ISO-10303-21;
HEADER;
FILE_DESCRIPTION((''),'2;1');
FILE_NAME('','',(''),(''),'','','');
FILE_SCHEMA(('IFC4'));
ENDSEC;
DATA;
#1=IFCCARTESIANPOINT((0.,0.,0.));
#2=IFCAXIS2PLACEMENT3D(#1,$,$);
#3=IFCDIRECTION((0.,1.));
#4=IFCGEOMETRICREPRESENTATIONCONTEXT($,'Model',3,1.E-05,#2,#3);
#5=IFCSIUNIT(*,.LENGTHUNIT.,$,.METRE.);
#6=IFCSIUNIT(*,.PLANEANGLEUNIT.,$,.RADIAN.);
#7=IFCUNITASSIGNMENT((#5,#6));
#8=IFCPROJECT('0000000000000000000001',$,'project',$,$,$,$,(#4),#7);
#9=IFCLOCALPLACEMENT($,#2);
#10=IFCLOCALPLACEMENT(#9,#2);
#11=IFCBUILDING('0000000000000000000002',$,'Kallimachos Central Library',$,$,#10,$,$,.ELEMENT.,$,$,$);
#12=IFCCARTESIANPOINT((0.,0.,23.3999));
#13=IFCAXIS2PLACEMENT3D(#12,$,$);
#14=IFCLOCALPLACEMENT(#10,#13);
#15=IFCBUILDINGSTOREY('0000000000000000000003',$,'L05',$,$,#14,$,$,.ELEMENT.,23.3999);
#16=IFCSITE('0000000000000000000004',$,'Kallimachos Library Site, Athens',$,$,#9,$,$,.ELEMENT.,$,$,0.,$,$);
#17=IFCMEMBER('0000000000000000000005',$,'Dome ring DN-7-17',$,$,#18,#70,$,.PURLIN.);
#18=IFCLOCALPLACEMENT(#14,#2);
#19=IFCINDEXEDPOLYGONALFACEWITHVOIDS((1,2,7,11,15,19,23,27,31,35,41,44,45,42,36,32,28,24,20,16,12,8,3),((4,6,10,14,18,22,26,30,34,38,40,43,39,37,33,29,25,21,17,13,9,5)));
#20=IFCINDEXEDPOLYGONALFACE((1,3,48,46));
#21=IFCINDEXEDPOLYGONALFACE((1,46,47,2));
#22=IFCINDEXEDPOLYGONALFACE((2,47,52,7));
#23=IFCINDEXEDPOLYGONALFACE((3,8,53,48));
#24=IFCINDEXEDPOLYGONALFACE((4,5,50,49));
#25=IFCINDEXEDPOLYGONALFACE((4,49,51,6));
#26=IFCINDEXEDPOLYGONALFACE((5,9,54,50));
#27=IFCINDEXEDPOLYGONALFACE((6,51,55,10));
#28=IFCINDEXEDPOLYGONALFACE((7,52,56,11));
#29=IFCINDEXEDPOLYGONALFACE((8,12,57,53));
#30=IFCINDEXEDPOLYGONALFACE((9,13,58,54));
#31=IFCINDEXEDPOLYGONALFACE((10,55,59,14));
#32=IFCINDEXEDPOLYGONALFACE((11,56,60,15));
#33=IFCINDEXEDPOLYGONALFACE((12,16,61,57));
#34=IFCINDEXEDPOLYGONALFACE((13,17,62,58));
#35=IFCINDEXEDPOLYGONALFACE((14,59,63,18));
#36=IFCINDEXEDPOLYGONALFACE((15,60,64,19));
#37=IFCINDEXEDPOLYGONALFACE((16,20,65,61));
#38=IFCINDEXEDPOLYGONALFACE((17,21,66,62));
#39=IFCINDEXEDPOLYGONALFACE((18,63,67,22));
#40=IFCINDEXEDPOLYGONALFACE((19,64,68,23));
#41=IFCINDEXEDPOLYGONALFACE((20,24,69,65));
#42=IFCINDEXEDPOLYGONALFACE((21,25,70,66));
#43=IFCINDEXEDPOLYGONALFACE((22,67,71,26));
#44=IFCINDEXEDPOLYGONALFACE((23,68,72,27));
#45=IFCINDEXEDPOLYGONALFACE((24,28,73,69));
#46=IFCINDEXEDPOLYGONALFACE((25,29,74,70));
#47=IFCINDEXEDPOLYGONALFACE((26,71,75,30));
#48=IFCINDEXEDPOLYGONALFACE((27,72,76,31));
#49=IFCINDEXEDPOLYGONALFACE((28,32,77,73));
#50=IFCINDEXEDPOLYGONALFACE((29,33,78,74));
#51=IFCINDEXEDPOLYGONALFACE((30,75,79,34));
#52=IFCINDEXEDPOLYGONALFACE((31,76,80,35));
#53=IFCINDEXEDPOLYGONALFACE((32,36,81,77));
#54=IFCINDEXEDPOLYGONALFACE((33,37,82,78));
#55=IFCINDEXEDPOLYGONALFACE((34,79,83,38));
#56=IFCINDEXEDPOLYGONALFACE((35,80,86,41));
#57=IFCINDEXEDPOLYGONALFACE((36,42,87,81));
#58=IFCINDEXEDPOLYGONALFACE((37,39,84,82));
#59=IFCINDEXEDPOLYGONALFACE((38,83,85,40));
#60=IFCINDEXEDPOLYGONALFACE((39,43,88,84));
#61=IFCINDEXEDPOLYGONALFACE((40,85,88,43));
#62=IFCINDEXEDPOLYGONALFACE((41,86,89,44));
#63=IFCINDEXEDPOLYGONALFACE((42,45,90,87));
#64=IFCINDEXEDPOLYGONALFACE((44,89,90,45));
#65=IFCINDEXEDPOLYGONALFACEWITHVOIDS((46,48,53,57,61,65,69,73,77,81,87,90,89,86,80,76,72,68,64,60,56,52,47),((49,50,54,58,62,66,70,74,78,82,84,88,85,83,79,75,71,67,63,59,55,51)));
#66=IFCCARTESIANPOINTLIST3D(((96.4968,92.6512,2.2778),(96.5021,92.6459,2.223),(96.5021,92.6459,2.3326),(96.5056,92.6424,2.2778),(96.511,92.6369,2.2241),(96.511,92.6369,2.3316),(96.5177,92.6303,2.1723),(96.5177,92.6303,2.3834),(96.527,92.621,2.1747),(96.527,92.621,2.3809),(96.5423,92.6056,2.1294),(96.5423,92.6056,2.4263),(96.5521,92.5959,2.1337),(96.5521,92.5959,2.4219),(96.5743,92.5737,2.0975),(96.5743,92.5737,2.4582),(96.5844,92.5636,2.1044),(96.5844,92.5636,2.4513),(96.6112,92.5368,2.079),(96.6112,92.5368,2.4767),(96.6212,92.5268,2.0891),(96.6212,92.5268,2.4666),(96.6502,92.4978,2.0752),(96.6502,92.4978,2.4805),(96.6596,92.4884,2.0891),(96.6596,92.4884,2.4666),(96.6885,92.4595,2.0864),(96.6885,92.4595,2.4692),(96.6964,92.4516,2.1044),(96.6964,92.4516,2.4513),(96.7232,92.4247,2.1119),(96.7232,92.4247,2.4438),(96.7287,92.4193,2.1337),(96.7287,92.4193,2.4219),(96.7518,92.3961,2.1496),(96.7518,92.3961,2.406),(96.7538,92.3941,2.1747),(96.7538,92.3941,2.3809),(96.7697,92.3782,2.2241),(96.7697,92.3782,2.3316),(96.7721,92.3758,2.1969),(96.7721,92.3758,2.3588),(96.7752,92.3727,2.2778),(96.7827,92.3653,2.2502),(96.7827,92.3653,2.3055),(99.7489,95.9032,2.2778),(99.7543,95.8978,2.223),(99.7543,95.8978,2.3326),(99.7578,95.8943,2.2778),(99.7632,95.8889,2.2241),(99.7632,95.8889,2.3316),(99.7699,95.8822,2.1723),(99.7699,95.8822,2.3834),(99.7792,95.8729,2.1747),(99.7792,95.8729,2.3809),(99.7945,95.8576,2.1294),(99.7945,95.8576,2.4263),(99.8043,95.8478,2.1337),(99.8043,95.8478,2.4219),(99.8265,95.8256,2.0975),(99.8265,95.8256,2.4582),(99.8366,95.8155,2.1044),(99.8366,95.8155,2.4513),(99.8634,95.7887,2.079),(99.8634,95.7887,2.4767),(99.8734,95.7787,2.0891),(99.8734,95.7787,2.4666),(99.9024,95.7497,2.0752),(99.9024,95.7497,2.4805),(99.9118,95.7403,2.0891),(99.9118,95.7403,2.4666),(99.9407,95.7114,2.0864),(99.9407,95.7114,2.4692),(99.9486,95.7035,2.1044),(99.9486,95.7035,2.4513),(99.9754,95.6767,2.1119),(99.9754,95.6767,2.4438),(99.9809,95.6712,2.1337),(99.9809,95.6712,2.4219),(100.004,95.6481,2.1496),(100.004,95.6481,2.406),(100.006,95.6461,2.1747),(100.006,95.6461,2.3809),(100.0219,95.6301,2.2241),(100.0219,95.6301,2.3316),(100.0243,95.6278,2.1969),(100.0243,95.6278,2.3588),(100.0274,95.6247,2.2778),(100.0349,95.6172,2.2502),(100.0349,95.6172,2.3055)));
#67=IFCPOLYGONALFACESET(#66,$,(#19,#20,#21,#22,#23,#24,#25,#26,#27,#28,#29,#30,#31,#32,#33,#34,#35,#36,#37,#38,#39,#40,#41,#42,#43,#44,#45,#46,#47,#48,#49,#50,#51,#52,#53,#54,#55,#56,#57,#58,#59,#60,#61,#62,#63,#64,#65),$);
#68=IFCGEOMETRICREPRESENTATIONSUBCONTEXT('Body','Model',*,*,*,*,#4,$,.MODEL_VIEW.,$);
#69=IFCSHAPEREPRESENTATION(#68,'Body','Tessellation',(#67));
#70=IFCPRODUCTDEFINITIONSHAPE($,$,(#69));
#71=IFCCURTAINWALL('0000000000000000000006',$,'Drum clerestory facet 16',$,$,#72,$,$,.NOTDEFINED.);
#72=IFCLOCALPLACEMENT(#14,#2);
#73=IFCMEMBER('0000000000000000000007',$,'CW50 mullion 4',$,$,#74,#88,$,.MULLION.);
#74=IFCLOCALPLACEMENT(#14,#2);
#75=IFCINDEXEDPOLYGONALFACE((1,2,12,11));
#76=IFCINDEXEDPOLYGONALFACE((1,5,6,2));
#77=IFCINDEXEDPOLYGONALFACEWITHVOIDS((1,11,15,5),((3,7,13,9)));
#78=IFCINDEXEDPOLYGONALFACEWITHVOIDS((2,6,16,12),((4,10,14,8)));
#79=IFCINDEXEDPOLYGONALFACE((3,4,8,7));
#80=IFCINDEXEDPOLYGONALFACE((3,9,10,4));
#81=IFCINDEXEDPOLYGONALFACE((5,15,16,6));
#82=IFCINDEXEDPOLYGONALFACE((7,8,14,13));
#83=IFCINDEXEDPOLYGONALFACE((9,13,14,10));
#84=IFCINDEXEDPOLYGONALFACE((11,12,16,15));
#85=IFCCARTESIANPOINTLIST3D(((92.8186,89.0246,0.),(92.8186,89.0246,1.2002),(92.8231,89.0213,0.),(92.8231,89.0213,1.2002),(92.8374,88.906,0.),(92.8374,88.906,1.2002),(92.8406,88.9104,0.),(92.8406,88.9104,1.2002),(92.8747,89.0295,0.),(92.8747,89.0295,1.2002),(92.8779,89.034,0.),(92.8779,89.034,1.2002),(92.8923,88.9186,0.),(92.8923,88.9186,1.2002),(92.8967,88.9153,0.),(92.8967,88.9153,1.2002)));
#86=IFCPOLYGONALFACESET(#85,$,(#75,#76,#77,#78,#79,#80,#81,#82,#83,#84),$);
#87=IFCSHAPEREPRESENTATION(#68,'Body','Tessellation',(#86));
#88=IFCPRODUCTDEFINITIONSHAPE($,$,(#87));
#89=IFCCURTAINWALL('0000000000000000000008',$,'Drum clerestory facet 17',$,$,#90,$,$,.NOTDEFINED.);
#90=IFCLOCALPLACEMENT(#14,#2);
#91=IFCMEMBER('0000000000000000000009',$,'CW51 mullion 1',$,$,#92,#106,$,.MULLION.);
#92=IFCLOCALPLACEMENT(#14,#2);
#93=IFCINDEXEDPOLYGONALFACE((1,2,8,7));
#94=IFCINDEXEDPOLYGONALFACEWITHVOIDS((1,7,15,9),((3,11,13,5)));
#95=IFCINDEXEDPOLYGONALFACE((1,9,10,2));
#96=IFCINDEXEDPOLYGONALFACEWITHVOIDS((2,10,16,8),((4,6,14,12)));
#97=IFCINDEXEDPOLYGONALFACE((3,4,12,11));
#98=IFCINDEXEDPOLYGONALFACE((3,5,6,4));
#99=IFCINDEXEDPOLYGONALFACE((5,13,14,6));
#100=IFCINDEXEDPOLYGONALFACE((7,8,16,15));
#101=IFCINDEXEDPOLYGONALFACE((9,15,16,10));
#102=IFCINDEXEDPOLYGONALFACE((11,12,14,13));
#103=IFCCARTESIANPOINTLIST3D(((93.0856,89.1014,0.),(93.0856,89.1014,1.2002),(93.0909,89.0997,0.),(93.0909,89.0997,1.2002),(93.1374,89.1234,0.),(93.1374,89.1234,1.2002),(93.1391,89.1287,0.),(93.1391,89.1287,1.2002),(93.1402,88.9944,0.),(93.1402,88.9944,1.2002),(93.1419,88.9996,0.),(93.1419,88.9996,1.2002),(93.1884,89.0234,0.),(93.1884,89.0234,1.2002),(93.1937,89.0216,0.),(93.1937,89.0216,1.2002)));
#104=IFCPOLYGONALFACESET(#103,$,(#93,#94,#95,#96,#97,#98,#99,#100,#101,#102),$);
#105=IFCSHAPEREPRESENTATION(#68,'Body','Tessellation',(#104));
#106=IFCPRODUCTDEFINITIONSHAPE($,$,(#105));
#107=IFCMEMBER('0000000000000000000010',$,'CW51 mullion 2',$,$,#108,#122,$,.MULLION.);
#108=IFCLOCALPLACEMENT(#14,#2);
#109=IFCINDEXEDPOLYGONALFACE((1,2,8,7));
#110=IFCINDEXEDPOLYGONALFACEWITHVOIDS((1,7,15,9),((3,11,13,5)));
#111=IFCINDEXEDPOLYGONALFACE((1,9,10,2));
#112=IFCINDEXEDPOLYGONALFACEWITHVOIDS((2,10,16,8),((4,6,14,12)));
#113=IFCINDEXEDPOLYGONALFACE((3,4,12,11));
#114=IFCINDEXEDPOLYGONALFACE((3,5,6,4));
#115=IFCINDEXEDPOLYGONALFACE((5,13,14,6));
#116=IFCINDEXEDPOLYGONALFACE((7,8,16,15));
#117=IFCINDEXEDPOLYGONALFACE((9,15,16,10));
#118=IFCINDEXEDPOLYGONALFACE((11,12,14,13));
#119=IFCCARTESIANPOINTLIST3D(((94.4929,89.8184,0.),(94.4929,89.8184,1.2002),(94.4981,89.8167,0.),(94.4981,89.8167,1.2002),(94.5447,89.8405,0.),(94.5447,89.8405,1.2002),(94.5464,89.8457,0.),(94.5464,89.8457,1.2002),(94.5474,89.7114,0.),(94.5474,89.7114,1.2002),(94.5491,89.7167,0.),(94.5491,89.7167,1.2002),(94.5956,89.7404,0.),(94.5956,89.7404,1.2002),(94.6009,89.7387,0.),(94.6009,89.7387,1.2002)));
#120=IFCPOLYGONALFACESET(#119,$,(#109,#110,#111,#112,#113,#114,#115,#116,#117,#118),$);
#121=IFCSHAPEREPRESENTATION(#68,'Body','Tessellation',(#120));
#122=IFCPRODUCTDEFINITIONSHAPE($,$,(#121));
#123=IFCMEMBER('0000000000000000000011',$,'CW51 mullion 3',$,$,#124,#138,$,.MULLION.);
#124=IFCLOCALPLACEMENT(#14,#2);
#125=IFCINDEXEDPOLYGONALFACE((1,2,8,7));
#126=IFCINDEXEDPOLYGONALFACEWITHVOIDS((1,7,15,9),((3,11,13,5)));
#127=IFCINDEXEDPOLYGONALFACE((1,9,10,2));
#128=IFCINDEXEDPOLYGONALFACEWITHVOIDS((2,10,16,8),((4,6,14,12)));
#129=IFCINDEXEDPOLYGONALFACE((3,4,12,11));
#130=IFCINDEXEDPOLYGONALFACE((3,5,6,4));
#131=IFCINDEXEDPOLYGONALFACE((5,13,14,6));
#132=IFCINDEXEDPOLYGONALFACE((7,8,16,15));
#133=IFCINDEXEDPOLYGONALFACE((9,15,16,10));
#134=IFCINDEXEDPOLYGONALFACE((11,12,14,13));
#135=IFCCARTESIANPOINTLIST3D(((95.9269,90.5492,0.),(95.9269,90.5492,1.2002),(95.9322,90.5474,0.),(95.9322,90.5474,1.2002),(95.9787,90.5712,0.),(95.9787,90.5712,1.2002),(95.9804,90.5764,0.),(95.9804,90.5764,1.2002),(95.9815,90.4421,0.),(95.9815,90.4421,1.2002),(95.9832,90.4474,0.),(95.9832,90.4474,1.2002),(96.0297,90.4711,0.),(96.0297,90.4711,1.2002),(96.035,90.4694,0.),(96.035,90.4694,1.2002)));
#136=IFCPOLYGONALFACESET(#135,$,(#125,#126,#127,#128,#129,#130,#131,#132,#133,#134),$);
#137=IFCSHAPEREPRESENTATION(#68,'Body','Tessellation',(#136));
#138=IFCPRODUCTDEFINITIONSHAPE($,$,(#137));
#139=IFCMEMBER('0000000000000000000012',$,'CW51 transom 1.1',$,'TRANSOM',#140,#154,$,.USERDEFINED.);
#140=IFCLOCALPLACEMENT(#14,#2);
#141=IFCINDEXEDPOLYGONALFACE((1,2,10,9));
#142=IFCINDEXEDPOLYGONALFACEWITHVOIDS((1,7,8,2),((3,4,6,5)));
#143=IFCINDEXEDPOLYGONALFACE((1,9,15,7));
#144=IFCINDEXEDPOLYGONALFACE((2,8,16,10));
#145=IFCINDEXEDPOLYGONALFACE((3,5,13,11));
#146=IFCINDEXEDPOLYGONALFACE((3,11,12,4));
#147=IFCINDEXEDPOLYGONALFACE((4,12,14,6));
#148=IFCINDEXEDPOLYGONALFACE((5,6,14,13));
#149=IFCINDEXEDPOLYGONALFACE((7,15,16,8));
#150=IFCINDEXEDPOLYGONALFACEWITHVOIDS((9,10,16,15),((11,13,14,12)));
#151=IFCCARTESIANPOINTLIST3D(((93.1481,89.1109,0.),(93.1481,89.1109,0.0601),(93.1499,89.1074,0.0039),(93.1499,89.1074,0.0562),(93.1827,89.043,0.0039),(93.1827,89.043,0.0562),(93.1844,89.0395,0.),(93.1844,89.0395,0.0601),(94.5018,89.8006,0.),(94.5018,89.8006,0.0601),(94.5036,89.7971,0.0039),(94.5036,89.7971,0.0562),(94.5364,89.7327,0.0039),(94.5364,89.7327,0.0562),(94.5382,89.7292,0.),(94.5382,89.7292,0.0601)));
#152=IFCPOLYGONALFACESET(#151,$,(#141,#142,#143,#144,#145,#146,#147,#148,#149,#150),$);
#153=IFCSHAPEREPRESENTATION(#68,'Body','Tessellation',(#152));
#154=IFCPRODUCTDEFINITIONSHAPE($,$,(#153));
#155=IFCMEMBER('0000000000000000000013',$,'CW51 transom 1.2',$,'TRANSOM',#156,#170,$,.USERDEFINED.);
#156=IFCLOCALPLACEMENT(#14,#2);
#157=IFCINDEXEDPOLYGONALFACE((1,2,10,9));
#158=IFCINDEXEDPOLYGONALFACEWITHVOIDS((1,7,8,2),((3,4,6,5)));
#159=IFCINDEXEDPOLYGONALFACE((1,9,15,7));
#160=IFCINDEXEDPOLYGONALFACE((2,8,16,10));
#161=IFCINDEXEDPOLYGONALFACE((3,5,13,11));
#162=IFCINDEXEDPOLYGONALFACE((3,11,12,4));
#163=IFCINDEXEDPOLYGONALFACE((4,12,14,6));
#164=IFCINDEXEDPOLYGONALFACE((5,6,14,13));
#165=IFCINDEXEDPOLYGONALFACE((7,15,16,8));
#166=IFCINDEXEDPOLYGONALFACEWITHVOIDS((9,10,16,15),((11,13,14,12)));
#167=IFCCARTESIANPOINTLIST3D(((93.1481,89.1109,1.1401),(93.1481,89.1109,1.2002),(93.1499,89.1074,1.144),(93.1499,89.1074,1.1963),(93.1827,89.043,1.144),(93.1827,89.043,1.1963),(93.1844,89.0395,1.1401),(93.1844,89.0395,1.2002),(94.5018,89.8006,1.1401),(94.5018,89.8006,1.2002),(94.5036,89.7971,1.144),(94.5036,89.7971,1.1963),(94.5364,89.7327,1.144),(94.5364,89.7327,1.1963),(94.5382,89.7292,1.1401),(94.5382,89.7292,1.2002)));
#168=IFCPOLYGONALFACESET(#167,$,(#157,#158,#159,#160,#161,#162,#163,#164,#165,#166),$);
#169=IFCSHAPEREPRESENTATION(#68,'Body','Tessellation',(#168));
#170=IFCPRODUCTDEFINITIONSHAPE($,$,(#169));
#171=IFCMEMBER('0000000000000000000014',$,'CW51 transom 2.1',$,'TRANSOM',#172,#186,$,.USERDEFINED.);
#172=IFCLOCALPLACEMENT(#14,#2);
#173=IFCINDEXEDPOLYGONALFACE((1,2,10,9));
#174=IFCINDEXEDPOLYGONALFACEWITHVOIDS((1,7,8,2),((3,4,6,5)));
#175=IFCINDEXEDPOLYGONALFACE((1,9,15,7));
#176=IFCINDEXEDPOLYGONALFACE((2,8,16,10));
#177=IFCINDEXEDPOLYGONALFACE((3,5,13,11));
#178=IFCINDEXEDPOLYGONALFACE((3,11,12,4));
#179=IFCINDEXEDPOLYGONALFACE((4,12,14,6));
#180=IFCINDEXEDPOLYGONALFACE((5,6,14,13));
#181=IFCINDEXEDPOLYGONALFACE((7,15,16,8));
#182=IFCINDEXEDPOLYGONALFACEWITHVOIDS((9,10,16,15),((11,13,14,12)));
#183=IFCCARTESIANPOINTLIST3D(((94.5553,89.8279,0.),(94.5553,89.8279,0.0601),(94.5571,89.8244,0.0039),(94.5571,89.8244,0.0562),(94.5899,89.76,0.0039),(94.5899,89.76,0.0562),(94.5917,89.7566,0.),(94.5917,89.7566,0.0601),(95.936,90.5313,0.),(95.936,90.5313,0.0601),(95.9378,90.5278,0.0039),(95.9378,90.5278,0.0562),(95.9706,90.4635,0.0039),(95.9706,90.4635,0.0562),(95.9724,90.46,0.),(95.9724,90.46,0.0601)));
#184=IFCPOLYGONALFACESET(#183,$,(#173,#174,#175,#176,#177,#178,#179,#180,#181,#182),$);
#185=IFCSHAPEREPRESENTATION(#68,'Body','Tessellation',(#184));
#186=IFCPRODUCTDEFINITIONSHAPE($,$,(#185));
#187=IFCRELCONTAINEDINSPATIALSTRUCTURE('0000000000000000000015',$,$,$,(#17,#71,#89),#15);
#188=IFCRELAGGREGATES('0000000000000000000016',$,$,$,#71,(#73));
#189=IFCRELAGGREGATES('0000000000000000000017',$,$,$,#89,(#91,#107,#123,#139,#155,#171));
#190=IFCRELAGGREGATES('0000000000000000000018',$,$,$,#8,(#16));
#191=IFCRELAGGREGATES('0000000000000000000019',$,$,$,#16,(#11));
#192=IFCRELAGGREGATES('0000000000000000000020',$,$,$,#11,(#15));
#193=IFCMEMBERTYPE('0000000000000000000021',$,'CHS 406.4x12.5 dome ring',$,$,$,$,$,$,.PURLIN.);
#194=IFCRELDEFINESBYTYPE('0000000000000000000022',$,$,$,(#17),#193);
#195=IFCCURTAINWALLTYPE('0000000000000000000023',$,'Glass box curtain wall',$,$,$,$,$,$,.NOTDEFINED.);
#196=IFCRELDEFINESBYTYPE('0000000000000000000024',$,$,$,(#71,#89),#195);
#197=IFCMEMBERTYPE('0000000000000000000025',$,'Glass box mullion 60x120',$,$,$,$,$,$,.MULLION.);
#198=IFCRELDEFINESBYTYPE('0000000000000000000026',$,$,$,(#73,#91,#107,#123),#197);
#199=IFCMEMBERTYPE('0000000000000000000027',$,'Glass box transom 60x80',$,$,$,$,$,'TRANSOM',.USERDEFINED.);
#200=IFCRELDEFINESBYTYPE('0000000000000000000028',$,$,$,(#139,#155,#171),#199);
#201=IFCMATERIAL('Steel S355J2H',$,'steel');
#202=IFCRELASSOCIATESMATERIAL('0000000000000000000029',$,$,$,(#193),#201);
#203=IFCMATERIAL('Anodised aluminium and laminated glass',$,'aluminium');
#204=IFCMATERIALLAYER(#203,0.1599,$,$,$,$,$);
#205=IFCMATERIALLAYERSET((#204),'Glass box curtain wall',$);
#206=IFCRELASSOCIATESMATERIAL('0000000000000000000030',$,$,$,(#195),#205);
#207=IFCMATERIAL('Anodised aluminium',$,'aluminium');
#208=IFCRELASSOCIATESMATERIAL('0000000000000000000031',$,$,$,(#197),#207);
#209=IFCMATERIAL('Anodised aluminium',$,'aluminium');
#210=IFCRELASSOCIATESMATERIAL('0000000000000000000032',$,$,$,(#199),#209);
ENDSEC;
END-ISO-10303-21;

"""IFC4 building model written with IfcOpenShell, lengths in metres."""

from ifc_helpers import new_model, si_unit, direction, frame, origin, origin_2d, place, context, subcontext, project, spatial, hollow_rectangle, hollow_circle, extrude, material, layer, layer_set, material_profile, profile_set, type_object, element, aggregate, save


model = new_model("IFC4")

# Units and contexts
model_context = context("Model", 3, precision=1e-05, world=origin(), true_north=direction((0.0, 1.0)))
body_context = subcontext(model_context, "Body", "Model", "MODEL_VIEW")
ifc_project = project(units=[si_unit("LENGTHUNIT", "METRE"), si_unit("PLANEANGLEUNIT", "RADIAN")], contexts=[model_context])

# Site, building, storey
site_placement = place(None, origin())
site = spatial("IfcSite", under=ifc_project, at=site_placement, Name="Kallimachos Library Site, Athens", CompositionType="ELEMENT", RefElevation=0.0)
building_placement = place(site_placement, origin())
building = spatial("IfcBuilding", under=site, at=building_placement, Name="Kallimachos Central Library", CompositionType="ELEMENT")
storey_placement = place(building_placement, frame((0.0, 0.0, 23.3999)))
storey = spatial("IfcBuildingStorey", under=building, at=storey_placement, Name="L05", CompositionType="ELEMENT", Elevation=23.3999)

# Member
ifc_material_1 = material(Name="Steel S355J2H", Category="steel")
ifc_material_profile_1 = material_profile(ifc_material_1, hollow_circle(Radius=0.2031, WallThickness=0.0125, at=origin_2d()), Name="CHS 406.4x12.5")
ifc_profile_set_1 = profile_set([ifc_material_profile_1], Name="Steel S355J2H")
member_type_1 = type_object("IfcMemberType", Name="CHS 406.4x12.5 dome ring", PredefinedType="PURLIN", material=ifc_profile_set_1)
member_1_placement = place(storey_placement, frame((96.6404, 92.5076, 2.2778), z_axis=(0.707133, 0.70708, 0.0), x_axis=(-0.70708, 0.707133, 0.0)))
element("IfcMember", 1, at=member_1_placement, inside=storey, type_object=member_type_1, Name="Dome ring DN-7-17", PredefinedType="PURLIN", context=body_context, shape_type="SweptSolid", body=[
    extrude(hollow_circle(Radius=0.2031, WallThickness=0.0125, at=origin_2d()), origin(), (0.0, 0.0, 1.0), 4.5991),
])

# Curtain wall, member
ifc_material_2 = material(Name="Anodised aluminium and laminated glass", Category="aluminium")
ifc_layer_1 = layer(ifc_material_2, 0.1599)
ifc_layer_set_1 = layer_set([ifc_layer_1], Name="Glass box curtain wall")
curtain_wall_type = type_object("IfcCurtainWallType", Name="Glass box curtain wall", PredefinedType="NOTDEFINED", material=ifc_layer_set_1)
curtain_wall_1_placement = place(storey_placement, origin())
curtain_wall_1 = element("IfcCurtainWall", 2, at=curtain_wall_1_placement, inside=storey, type_object=curtain_wall_type, Name="Drum clerestory facet 16", PredefinedType="NOTDEFINED")
ifc_material_3 = material(Name="Anodised aluminium", Category="aluminium")
ifc_material_profile_2 = material_profile(ifc_material_3, hollow_rectangle(XDim=0.0601, YDim=0.1201, WallThickness=0.0039, at=origin_2d()), Name="ALU MULLION 60x120")
ifc_profile_set_2 = profile_set([ifc_material_profile_2], Name="Anodised aluminium")
member_type_2 = type_object("IfcMemberType", Name="Glass box mullion 60x120", PredefinedType="MULLION", material=ifc_profile_set_2)
member_2_placement = place(storey_placement, frame((92.8577, 88.97, 0.0), z_axis=(0.0, 0.0, 1.0), x_axis=(0.987688, 0.156435, 0.0)))
member_2 = element("IfcMember", 3, at=member_2_placement, type_object=member_type_2, Name="CW50 mullion 4", PredefinedType="MULLION", context=body_context, shape_type="SweptSolid", body=[
    extrude(hollow_rectangle(XDim=0.0601, YDim=0.1201, WallThickness=0.0039, at=origin_2d()), origin(), (0.0, 0.0, 1.0), 1.2002),
])

# Curtain wall, members
curtain_wall_2_placement = place(storey_placement, origin())
curtain_wall_2 = element("IfcCurtainWall", 4, at=curtain_wall_2_placement, inside=storey, type_object=curtain_wall_type, Name="Drum clerestory facet 17", PredefinedType="NOTDEFINED")
member_3_placement = place(storey_placement, frame((93.1396, 89.0615, 0.0), z_axis=(0.0, 0.0, 1.0), x_axis=(0.891006, 0.453991, 0.0)))
member_3 = element("IfcMember", 5, at=member_3_placement, type_object=member_type_2, Name="CW51 mullion 1", PredefinedType="MULLION", context=body_context, shape_type="SweptSolid", body=[
    extrude(hollow_rectangle(XDim=0.0601, YDim=0.1201, WallThickness=0.0039, at=origin_2d()), origin(), (0.0, 0.0, 1.0), 1.2002),
])
member_4_placement = place(storey_placement, frame((94.5469, 89.7786, 0.0), z_axis=(0.0, 0.0, 1.0), x_axis=(0.891006, 0.453991, 0.0)))
member_4 = element("IfcMember", 6, at=member_4_placement, type_object=member_type_2, Name="CW51 mullion 2", PredefinedType="MULLION", context=body_context, shape_type="SweptSolid", body=[
    extrude(hollow_rectangle(XDim=0.0601, YDim=0.1201, WallThickness=0.0039, at=origin_2d()), origin(), (0.0, 0.0, 1.0), 1.2002),
])
member_5_placement = place(storey_placement, frame((95.981, 90.5093, 0.0), z_axis=(0.0, 0.0, 1.0), x_axis=(0.891006, 0.453991, 0.0)))
member_5 = element("IfcMember", 7, at=member_5_placement, type_object=member_type_2, Name="CW51 mullion 3", PredefinedType="MULLION", context=body_context, shape_type="SweptSolid", body=[
    extrude(hollow_rectangle(XDim=0.0601, YDim=0.1201, WallThickness=0.0039, at=origin_2d()), origin(), (0.0, 0.0, 1.0), 1.2002),
])
ifc_material_4 = material(Name="Anodised aluminium", Category="aluminium")
ifc_material_profile_3 = material_profile(ifc_material_4, hollow_rectangle(XDim=0.0601, YDim=0.0801, WallThickness=0.0039, at=origin_2d()), Name="ALU TRANSOM 60x80")
ifc_profile_set_3 = profile_set([ifc_material_profile_3], Name="Anodised aluminium")
member_type_3 = type_object("IfcMemberType", Name="Glass box transom 60x80", ElementType="TRANSOM", PredefinedType="USERDEFINED", material=ifc_profile_set_3)
member_6_placement = place(storey_placement, frame((93.1663, 89.0752, 0.03), z_axis=(0.891027, 0.45395, 0.0), x_axis=(0.0, 0.0, 1.0)))
member_6 = element("IfcMember", 8, at=member_6_placement, type_object=member_type_3, Name="CW51 transom 1.1", ObjectType="TRANSOM", PredefinedType="USERDEFINED", context=body_context, shape_type="SweptSolid", body=[
    extrude(hollow_rectangle(XDim=0.0601, YDim=0.0801, WallThickness=0.0039, at=origin_2d()), origin(), (0.0, 0.0, 1.0), 1.5193),
])
member_7_placement = place(storey_placement, frame((93.1663, 89.0752, 1.1702), z_axis=(0.891027, 0.45395, 0.0), x_axis=(0.0, 0.0, 1.0)))
member_7 = element("IfcMember", 9, at=member_7_placement, type_object=member_type_3, Name="CW51 transom 1.2", ObjectType="TRANSOM", PredefinedType="USERDEFINED", context=body_context, shape_type="SweptSolid", body=[
    extrude(hollow_rectangle(XDim=0.0601, YDim=0.0801, WallThickness=0.0039, at=origin_2d()), origin(), (0.0, 0.0, 1.0), 1.5193),
])
member_8_placement = place(storey_placement, frame((94.5735, 89.7922, 0.03), z_axis=(0.89103, 0.453945, 0.0), x_axis=(0.0, 0.0, 1.0)))
member_8 = element("IfcMember", 10, at=member_8_placement, type_object=member_type_3, Name="CW51 transom 2.1", ObjectType="TRANSOM", PredefinedType="USERDEFINED", context=body_context, shape_type="SweptSolid", body=[
    extrude(hollow_rectangle(XDim=0.0601, YDim=0.0801, WallThickness=0.0039, at=origin_2d()), origin(), (0.0, 0.0, 1.0), 1.5496),
])

aggregate(curtain_wall_1, [member_2])
aggregate(curtain_wall_2, [member_3, member_4, member_5, member_6, member_7, member_8])

save(model, "model.ifc")
